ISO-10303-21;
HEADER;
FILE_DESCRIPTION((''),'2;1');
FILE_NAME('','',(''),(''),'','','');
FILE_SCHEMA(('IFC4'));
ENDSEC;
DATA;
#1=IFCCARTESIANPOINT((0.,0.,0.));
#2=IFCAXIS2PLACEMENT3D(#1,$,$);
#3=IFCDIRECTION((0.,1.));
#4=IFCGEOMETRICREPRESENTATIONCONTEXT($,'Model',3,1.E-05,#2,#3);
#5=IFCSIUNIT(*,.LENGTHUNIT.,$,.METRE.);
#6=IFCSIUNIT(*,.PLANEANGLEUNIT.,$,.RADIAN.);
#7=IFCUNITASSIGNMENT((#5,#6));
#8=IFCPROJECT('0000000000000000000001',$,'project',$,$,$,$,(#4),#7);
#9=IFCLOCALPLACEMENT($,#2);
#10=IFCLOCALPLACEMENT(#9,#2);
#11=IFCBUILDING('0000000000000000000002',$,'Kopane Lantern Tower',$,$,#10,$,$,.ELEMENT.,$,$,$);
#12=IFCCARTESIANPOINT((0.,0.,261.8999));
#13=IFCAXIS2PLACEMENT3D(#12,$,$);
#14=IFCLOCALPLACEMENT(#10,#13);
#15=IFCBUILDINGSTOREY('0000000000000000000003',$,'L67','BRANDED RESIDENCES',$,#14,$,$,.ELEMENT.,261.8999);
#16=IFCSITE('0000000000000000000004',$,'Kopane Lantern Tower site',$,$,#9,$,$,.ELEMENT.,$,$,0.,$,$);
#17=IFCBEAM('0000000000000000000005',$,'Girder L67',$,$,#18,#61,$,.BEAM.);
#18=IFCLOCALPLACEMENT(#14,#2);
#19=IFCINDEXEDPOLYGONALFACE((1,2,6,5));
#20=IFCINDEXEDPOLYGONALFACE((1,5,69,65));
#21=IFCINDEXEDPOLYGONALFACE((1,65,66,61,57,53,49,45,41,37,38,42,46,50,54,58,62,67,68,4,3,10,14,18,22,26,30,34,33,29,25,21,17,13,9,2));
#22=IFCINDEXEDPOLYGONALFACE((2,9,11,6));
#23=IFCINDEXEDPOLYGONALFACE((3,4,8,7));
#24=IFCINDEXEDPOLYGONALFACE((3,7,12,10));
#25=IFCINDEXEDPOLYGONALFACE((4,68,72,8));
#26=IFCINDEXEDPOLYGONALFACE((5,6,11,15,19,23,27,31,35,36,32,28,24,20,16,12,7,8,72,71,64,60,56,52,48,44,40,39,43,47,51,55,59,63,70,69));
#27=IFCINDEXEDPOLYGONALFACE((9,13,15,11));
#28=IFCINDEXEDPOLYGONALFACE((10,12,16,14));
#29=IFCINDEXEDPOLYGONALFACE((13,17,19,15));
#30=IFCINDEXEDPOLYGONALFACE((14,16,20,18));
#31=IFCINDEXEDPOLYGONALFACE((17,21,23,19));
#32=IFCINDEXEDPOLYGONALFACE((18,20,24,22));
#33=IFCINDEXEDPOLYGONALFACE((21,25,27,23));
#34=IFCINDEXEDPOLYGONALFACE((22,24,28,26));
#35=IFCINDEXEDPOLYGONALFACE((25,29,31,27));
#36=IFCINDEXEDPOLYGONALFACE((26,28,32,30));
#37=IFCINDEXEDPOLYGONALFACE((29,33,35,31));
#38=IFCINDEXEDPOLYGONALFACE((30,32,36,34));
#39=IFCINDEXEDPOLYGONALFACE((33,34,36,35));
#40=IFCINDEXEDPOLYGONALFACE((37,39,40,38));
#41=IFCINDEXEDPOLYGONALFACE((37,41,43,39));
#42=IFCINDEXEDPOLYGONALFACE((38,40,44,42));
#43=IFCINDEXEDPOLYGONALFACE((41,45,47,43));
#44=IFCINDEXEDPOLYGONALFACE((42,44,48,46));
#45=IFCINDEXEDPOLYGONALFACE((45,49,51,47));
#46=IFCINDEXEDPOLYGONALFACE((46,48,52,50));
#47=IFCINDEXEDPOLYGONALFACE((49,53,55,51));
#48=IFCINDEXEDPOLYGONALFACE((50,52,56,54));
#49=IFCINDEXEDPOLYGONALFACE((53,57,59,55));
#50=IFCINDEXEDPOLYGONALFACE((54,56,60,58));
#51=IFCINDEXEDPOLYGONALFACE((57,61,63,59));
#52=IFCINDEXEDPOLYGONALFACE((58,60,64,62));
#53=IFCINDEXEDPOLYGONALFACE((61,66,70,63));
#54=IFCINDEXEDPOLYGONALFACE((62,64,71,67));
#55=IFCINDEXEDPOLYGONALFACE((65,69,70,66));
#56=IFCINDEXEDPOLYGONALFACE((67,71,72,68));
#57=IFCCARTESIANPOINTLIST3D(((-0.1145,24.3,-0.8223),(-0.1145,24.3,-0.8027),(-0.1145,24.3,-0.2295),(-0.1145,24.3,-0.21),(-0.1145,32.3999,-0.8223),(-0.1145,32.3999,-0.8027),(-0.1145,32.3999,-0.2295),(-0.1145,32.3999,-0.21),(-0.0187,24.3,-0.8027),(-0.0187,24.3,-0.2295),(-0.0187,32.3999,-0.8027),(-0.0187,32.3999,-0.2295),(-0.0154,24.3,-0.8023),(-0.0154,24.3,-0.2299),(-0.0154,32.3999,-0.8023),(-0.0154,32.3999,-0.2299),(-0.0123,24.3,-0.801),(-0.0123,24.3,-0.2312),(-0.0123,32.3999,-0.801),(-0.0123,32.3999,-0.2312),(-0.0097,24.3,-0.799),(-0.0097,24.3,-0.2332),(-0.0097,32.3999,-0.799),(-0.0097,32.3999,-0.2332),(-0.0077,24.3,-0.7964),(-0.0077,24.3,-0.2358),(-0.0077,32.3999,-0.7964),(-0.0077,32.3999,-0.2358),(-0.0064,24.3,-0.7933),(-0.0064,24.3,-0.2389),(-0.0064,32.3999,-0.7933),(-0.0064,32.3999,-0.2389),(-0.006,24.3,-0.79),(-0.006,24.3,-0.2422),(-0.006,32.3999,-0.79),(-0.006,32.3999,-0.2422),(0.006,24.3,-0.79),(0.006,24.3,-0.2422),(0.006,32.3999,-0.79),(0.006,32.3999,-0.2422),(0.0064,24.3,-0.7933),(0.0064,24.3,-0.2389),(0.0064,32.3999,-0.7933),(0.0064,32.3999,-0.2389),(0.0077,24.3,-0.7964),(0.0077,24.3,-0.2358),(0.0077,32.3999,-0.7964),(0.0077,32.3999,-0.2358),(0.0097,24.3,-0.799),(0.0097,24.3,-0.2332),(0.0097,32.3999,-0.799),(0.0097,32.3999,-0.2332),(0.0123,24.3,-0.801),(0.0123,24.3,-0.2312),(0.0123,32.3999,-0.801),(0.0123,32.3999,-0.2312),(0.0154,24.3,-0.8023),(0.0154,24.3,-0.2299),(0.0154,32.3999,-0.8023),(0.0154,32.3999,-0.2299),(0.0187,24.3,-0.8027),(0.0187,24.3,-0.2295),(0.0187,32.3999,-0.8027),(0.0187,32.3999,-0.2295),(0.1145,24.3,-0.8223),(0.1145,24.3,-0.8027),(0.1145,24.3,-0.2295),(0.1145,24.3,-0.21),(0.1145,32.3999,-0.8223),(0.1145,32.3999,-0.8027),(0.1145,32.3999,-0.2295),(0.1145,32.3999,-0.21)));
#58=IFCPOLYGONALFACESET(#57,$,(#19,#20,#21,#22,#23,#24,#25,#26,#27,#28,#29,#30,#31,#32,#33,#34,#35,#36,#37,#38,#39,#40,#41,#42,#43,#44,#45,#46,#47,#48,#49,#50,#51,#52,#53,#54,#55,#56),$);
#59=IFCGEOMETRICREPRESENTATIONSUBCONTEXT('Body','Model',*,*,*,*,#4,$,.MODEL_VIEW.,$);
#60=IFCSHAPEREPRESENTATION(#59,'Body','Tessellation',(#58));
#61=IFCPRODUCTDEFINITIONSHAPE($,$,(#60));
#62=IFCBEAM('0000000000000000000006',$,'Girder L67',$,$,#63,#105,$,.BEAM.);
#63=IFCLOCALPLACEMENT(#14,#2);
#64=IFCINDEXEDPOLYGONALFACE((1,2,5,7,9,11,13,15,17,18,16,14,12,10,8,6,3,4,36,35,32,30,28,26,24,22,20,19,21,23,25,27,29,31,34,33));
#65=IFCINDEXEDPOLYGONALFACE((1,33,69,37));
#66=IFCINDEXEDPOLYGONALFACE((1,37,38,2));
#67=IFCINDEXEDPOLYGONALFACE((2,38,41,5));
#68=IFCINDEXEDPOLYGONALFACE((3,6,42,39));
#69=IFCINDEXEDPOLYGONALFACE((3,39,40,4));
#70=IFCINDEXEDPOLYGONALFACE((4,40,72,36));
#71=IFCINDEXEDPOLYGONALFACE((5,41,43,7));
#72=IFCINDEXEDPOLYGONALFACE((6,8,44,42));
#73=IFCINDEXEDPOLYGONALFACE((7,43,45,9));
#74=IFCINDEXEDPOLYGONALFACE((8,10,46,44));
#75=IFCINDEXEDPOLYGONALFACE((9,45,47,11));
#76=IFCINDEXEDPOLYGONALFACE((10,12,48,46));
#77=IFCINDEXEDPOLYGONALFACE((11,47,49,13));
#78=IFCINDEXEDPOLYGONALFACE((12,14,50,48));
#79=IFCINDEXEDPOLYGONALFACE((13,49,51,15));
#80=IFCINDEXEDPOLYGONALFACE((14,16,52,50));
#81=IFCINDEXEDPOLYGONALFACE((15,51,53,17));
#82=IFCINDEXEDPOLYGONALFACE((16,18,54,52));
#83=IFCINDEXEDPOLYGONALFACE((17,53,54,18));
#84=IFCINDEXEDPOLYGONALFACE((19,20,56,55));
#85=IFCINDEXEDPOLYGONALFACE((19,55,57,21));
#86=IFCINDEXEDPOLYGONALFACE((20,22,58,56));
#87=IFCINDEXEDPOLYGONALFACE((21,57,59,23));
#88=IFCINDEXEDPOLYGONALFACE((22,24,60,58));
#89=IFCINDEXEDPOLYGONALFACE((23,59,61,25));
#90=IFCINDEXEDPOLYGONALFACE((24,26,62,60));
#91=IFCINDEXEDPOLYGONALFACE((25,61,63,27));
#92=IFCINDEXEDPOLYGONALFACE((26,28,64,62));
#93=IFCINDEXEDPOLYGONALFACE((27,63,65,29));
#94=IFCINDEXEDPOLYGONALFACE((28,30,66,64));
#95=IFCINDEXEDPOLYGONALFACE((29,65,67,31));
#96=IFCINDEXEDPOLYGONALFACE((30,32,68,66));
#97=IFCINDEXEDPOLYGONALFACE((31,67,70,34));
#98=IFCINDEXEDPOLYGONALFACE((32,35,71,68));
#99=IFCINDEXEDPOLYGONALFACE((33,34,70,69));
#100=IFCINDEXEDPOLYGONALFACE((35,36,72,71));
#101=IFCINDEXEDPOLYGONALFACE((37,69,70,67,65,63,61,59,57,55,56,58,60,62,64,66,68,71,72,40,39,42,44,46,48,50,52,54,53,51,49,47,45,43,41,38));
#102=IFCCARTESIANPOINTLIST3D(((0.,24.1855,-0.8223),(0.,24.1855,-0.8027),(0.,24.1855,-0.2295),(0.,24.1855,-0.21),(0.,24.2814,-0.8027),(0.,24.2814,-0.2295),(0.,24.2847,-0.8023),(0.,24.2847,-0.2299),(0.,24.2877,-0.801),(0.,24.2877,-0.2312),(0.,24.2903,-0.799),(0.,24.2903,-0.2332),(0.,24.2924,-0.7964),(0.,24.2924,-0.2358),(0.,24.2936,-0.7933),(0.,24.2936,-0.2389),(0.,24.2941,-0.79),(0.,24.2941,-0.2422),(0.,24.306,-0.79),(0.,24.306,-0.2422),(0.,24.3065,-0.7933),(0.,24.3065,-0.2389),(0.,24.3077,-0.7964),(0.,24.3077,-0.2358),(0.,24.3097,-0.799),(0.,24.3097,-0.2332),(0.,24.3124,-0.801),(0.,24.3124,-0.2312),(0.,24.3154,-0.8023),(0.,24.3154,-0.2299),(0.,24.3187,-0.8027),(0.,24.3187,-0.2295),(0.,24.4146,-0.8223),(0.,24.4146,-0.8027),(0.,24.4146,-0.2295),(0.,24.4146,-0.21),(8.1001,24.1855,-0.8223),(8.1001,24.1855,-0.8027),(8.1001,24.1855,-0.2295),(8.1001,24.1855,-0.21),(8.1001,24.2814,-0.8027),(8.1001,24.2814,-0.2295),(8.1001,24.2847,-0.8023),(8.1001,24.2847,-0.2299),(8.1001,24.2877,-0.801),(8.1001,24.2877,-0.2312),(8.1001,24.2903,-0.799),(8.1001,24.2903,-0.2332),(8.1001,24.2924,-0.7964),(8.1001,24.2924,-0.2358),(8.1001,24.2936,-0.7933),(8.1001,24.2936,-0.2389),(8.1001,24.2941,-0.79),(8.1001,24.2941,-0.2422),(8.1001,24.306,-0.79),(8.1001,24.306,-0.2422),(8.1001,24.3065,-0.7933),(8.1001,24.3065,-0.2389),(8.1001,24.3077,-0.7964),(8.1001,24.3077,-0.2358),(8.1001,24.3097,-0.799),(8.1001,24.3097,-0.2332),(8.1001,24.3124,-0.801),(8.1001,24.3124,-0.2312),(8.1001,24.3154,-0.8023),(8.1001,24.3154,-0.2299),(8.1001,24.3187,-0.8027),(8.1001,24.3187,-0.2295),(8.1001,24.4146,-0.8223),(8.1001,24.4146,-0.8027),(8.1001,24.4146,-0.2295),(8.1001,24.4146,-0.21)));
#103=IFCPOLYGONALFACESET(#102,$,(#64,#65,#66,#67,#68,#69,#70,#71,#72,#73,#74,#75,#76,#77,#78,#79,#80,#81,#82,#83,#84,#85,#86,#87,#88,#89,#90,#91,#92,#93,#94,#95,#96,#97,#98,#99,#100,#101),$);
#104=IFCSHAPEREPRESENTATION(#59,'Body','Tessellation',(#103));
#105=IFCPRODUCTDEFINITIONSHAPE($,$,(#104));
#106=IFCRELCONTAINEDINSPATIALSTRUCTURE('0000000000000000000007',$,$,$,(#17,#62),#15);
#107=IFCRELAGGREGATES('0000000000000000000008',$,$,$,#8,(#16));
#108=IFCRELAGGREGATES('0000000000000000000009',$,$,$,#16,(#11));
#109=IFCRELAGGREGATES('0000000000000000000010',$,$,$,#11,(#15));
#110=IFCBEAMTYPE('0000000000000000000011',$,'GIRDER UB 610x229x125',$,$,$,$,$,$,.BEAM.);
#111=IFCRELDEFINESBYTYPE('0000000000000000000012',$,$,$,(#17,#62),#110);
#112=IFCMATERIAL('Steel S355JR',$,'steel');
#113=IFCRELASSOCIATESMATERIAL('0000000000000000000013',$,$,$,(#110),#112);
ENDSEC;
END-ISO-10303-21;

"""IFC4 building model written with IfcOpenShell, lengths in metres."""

from ifc_helpers import new_model, si_unit, direction, frame, origin, origin_2d, place, context, subcontext, project, spatial, i_section, extrude, material, material_profile, profile_set, type_object, element, save


model = new_model("IFC4")

# Units and contexts
model_context = context("Model", 3, precision=1e-05, world=origin(), true_north=direction((0.0, 1.0)))
body_context = subcontext(model_context, "Body", "Model", "MODEL_VIEW")
ifc_project = project(units=[si_unit("LENGTHUNIT", "METRE"), si_unit("PLANEANGLEUNIT", "RADIAN")], contexts=[model_context])

# Site, building, storey
site_placement = place(None, origin())
site = spatial("IfcSite", under=ifc_project, at=site_placement, Name="Kopane Lantern Tower site", CompositionType="ELEMENT", RefElevation=0.0)
building_placement = place(site_placement, origin())
building = spatial("IfcBuilding", under=site, at=building_placement, Name="Kopane Lantern Tower", CompositionType="ELEMENT")
storey_placement = place(building_placement, frame((0.0, 0.0, 261.8999)))
storey = spatial("IfcBuildingStorey", under=building, at=storey_placement, Name="L67", Description="BRANDED RESIDENCES", CompositionType="ELEMENT", Elevation=261.8999)

# Beams
ifc_material_1 = material(Name="Steel S355JR", Category="steel")
ifc_material_profile_1 = material_profile(ifc_material_1, i_section(OverallWidth=0.229, OverallDepth=0.6123, WebThickness=0.012, FlangeThickness=0.0195, FilletRadius=0.0127, at=origin_2d()), Name="UB 610x229x125")
ifc_profile_set_1 = profile_set([ifc_material_profile_1], Name="Steel S355JR")
beam_type_1 = type_object("IfcBeamType", Name="GIRDER UB 610x229x125", PredefinedType="BEAM", material=ifc_profile_set_1)
beam_1_placement = place(storey_placement, frame((0.0, 24.3, -0.5161), z_axis=(0.0, 1.0, 0.0), x_axis=(-1.0, 0.0, 0.0)))
element("IfcBeam", 1, at=beam_1_placement, inside=storey, type_object=beam_type_1, Name="Girder L67", PredefinedType="BEAM", context=body_context, shape_type="SweptSolid", body=[
    extrude(i_section(OverallWidth=0.229, OverallDepth=0.6123, WebThickness=0.012, FlangeThickness=0.0195, FilletRadius=0.0127, at=origin_2d()), origin(), (0.0, 0.0, 1.0), 8.0999),
])
beam_2_placement = place(storey_placement, frame((0.0, 24.3, -0.5161), z_axis=(1.0, 0.0, 0.0), x_axis=(0.0, 1.0, 0.0)))
element("IfcBeam", 2, at=beam_2_placement, inside=storey, type_object=beam_type_1, Name="Girder L67", PredefinedType="BEAM", context=body_context, shape_type="SweptSolid", body=[
    extrude(i_section(OverallWidth=0.229, OverallDepth=0.6123, WebThickness=0.012, FlangeThickness=0.0195, FilletRadius=0.0127, at=origin_2d()), origin(), (0.0, 0.0, 1.0), 8.1001),
])

save(model, "model.ifc")
